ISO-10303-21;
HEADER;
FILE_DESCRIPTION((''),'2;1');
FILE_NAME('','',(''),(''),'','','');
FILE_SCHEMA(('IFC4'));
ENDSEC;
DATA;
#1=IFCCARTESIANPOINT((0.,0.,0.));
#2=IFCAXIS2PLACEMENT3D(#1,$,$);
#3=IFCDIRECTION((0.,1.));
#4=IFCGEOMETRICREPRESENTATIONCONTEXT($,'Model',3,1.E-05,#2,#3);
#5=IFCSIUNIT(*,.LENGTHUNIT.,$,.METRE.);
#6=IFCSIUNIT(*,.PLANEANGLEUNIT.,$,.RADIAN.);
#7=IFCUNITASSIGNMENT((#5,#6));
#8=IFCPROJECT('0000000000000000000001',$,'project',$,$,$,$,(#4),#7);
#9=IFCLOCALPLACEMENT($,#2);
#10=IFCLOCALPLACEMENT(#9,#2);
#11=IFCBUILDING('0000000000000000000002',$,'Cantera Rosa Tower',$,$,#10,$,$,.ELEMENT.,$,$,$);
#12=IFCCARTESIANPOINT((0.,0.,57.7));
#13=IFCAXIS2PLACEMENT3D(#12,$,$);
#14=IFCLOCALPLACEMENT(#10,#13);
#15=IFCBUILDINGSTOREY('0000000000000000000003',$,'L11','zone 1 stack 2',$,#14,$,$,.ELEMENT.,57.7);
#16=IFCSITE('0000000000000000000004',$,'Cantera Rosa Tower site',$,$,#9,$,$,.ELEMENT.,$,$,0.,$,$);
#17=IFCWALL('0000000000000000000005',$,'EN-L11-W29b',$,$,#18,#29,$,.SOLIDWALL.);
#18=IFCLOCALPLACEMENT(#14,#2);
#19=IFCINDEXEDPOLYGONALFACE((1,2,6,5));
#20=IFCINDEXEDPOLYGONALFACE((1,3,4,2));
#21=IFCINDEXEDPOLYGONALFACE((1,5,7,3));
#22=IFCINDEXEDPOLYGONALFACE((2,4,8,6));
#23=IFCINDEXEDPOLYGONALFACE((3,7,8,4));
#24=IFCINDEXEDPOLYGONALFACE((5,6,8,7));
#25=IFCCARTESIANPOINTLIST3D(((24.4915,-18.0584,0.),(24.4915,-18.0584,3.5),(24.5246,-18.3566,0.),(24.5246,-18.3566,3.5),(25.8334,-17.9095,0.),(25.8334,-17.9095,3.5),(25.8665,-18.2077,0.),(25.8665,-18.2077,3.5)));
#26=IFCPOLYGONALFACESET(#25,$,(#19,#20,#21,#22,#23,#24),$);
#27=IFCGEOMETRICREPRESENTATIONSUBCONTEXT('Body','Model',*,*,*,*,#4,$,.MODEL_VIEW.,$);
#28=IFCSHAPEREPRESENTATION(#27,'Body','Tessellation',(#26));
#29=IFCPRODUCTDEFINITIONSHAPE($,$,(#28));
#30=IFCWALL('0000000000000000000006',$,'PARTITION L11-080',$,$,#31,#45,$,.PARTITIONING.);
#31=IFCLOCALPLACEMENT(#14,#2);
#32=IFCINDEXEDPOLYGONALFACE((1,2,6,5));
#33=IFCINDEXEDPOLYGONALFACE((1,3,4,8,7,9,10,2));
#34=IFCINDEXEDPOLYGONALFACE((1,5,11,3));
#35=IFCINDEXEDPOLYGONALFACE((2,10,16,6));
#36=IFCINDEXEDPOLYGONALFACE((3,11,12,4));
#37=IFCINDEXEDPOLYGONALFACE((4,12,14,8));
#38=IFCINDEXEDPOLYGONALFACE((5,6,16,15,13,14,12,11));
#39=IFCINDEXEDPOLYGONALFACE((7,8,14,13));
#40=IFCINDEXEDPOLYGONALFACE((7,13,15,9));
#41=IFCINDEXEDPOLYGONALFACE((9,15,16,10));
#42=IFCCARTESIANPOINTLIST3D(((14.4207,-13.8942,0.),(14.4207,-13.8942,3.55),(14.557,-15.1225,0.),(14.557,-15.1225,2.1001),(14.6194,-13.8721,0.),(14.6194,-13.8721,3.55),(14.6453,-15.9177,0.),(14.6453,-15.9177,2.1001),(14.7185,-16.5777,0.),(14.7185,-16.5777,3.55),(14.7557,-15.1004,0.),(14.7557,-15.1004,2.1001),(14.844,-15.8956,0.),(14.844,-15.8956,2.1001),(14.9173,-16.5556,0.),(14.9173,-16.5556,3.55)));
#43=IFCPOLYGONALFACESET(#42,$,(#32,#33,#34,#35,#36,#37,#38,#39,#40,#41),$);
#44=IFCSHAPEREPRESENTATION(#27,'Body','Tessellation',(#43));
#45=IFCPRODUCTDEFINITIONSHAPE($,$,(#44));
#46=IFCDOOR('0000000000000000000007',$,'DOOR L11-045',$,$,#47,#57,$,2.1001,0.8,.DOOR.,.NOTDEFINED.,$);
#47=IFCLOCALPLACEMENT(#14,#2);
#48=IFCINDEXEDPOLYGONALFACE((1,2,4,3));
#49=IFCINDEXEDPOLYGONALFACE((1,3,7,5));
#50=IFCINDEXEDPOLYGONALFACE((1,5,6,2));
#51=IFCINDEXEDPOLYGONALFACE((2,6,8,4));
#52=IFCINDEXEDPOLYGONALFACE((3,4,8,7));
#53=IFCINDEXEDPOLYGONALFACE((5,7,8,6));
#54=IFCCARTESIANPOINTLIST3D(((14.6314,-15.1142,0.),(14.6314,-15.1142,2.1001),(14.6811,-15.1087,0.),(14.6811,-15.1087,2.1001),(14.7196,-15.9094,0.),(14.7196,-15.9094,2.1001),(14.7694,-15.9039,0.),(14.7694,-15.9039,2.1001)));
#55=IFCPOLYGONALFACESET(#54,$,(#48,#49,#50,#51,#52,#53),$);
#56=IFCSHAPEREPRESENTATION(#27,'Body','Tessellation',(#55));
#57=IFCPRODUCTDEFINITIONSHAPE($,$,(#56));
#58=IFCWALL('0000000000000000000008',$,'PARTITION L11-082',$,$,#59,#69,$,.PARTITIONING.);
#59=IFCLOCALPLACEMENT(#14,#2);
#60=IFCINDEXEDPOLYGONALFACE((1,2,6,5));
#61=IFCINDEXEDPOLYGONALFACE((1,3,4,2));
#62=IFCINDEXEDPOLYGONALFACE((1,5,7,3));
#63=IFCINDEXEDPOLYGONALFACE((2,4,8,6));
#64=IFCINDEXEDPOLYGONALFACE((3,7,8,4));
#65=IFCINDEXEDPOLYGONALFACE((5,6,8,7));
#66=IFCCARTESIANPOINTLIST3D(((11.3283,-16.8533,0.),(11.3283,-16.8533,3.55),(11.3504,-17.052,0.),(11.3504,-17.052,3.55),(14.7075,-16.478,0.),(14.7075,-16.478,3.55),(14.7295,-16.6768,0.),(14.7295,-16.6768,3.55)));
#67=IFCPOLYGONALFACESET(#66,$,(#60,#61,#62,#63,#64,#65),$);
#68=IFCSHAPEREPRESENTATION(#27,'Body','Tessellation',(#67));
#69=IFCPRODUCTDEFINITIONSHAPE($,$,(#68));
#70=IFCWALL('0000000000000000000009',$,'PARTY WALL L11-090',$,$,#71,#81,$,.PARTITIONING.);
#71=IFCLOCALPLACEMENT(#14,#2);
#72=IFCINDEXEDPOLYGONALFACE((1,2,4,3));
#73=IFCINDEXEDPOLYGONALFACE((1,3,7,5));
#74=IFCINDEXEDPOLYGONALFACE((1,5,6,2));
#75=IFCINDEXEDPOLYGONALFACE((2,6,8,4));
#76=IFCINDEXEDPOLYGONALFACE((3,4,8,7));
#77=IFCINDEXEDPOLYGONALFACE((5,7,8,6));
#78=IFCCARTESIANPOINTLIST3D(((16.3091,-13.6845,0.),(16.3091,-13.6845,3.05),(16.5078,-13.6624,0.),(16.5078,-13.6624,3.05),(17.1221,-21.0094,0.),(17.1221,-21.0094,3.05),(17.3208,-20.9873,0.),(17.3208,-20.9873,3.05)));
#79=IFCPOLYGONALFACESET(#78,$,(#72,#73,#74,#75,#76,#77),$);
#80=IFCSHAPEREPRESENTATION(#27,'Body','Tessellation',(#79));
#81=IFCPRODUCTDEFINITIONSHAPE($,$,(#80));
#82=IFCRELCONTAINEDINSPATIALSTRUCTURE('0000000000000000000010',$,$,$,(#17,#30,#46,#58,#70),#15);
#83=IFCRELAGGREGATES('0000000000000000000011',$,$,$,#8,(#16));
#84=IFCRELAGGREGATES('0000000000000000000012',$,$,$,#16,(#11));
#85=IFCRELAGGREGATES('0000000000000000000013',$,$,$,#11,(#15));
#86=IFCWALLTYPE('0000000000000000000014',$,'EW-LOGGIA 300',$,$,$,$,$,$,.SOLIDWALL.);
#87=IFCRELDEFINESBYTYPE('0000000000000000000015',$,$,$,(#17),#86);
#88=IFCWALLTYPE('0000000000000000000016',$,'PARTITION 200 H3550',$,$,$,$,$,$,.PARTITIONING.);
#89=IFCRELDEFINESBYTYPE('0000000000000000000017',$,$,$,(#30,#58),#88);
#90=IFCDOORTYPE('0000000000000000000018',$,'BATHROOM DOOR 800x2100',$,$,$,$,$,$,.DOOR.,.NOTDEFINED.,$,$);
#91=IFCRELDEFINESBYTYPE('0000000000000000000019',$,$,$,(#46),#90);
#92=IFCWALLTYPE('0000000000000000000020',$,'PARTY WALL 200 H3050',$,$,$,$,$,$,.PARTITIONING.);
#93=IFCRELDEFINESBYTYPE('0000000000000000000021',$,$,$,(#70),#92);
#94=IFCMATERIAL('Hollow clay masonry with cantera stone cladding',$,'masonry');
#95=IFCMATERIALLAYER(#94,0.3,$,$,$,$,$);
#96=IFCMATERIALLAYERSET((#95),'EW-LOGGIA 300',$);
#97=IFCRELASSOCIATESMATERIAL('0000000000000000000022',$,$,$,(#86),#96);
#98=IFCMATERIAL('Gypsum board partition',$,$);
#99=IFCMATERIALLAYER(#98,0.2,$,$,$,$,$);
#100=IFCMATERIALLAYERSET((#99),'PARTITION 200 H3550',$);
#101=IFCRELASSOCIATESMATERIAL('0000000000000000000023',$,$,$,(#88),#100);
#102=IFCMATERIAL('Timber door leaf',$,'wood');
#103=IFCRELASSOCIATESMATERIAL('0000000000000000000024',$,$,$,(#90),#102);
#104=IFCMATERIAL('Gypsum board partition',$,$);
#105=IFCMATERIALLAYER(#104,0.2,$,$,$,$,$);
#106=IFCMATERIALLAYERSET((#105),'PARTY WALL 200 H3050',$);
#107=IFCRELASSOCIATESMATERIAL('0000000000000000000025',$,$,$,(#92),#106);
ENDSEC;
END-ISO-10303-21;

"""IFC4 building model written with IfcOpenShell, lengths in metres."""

from ifc_helpers import new_model, si_unit, direction, frame, frame_2d, origin, place, context, subcontext, project, spatial, rectangle, extrude, material, layer, layer_set, type_object, element, fill, save


model = new_model("IFC4")

# Units and contexts
model_context = context("Model", 3, precision=1e-05, world=origin(), true_north=direction((0.0, 1.0)))
body_context = subcontext(model_context, "Body", "Model", "MODEL_VIEW")
ifc_project = project(units=[si_unit("LENGTHUNIT", "METRE"), si_unit("PLANEANGLEUNIT", "RADIAN")], contexts=[model_context])

# Site, building, storey
site_placement = place(None, origin())
site = spatial("IfcSite", under=ifc_project, at=site_placement, Name="Cantera Rosa Tower site", CompositionType="ELEMENT", RefElevation=0.0)
building_placement = place(site_placement, origin())
building = spatial("IfcBuilding", under=site, at=building_placement, Name="Cantera Rosa Tower", CompositionType="ELEMENT")
storey_placement = place(building_placement, frame((0.0, 0.0, 57.7)))
storey = spatial("IfcBuildingStorey", under=building, at=storey_placement, Name="L11", Description="zone 1 stack 2", CompositionType="ELEMENT", Elevation=57.7)

# Wall
ifc_material_1 = material(Name="Hollow clay masonry with cantera stone cladding", Category="masonry")
ifc_layer_1 = layer(ifc_material_1, 0.3)
ifc_layer_set_1 = layer_set([ifc_layer_1], Name="EW-LOGGIA 300")
wall_type_1 = type_object("IfcWallType", Name="EW-LOGGIA 300", PredefinedType="SOLIDWALL", material=ifc_layer_set_1)
wall_1_placement = place(storey_placement, frame((24.5081, -18.2075, 0.0), z_axis=(0.0, 0.0, 1.0), x_axis=(0.993897, 0.110312, 0.0)))
element("IfcWall", 1, at=wall_1_placement, inside=storey, type_object=wall_type_1, Name="EN-L11-W29b", PredefinedType="SOLIDWALL", context=body_context, shape_type="SweptSolid", body=[
    extrude(rectangle(XDim=1.3501, YDim=0.3, at=frame_2d((0.675, 0.0))), origin(), (0.0, 0.0, 1.0), 3.5),
])

# Wall, opening, door
ifc_material_2 = material(Name="Gypsum board partition")
ifc_layer_2 = layer(ifc_material_2, 0.2)
ifc_layer_set_2 = layer_set([ifc_layer_2], Name="PARTITION 200 H3550")
wall_type_2 = type_object("IfcWallType", Name="PARTITION 200 H3550", PredefinedType="PARTITIONING", material=ifc_layer_set_2)
wall_2_placement = place(storey_placement, frame((14.52, -13.8831, 0.0), z_axis=(0.0, 0.0, 1.0), x_axis=(0.110322, -0.993896, 0.0)))
wall_2 = element("IfcWall", 2, at=wall_2_placement, inside=storey, type_object=wall_type_2, Name="PARTITION L11-080", PredefinedType="PARTITIONING", context=body_context, shape_type="SweptSolid", body=[
    extrude(rectangle(XDim=2.7, YDim=0.2, at=frame_2d((1.3501, 0.0))), origin(), (0.0, 0.0, 1.0), 3.55),
])
opening_1_placement = place(wall_2_placement, frame((1.2361, 0.0, 0.0)))
opening_1 = element("IfcOpeningElement", 3, at=opening_1_placement, cuts=wall_2, PredefinedType="OPENING", context=body_context, shape_type="SweptSolid", body=[
    extrude(rectangle(XDim=0.8, YDim=2.1001, at=frame_2d((0.3999, 1.05))), frame((0.0, 0.1099, 0.0), z_axis=(0.0, -1.0, 0.0), x_axis=(1.0, 0.0, 0.0)), (0.0, 0.0, 1.0), 0.22),
])
ifc_material_3 = material(Name="Timber door leaf", Category="wood")
door_type_1 = type_object("IfcDoorType", Name="BATHROOM DOOR 800x2100", OperationType="NOTDEFINED", PredefinedType="DOOR", material=ifc_material_3)
door_1_placement = place(opening_1_placement, origin())
door_1 = element("IfcDoor", 4, at=door_1_placement, inside=storey, type_object=door_type_1, Name="DOOR L11-045", OperationType="NOTDEFINED", OverallHeight=2.1001, OverallWidth=0.8, PredefinedType="DOOR", context=body_context, shape_type="SweptSolid", body=[
    extrude(rectangle(XDim=0.8, YDim=2.1001, at=frame_2d((0.3999, 1.05))), frame((0.0, 0.0249, 0.0), z_axis=(0.0, -1.0, 0.0), x_axis=(1.0, 0.0, 0.0)), (0.0, 0.0, 1.0), 0.05),
])
fill(opening_1, door_1)

# Walls
wall_3_placement = place(storey_placement, frame((14.7185, -16.5774, 0.0), z_axis=(0.0, 0.0, 1.0), x_axis=(-0.993891, -0.110368, 0.0)))
element("IfcWall", 5, at=wall_3_placement, inside=storey, type_object=wall_type_2, Name="PARTITION L11-082", PredefinedType="PARTITIONING", context=body_context, shape_type="SweptSolid", body=[
    extrude(rectangle(XDim=3.3999, YDim=0.2, at=frame_2d((1.7, 0.0))), origin(), (0.0, 0.0, 1.0), 3.55),
])
ifc_material_4 = material(Name="Gypsum board partition")
ifc_layer_3 = layer(ifc_material_4, 0.2)
ifc_layer_set_3 = layer_set([ifc_layer_3], Name="PARTY WALL 200 H3050")
wall_type_3 = type_object("IfcWallType", Name="PARTY WALL 200 H3050", PredefinedType="PARTITIONING", material=ifc_layer_set_3)
wall_4_placement = place(storey_placement, frame((16.4084, -13.6733, 0.0), z_axis=(0.0, 0.0, 1.0), x_axis=(0.110312, -0.993897, 0.0)))
element("IfcWall", 6, at=wall_4_placement, inside=storey, type_object=wall_type_3, Name="PARTY WALL L11-090", PredefinedType="PARTITIONING", context=body_context, shape_type="SweptSolid", body=[
    extrude(rectangle(XDim=7.3699, YDim=0.2, at=frame_2d((3.6851, 0.0))), origin(), (0.0, 0.0, 1.0), 3.05),
])

save(model, "model.ifc")
